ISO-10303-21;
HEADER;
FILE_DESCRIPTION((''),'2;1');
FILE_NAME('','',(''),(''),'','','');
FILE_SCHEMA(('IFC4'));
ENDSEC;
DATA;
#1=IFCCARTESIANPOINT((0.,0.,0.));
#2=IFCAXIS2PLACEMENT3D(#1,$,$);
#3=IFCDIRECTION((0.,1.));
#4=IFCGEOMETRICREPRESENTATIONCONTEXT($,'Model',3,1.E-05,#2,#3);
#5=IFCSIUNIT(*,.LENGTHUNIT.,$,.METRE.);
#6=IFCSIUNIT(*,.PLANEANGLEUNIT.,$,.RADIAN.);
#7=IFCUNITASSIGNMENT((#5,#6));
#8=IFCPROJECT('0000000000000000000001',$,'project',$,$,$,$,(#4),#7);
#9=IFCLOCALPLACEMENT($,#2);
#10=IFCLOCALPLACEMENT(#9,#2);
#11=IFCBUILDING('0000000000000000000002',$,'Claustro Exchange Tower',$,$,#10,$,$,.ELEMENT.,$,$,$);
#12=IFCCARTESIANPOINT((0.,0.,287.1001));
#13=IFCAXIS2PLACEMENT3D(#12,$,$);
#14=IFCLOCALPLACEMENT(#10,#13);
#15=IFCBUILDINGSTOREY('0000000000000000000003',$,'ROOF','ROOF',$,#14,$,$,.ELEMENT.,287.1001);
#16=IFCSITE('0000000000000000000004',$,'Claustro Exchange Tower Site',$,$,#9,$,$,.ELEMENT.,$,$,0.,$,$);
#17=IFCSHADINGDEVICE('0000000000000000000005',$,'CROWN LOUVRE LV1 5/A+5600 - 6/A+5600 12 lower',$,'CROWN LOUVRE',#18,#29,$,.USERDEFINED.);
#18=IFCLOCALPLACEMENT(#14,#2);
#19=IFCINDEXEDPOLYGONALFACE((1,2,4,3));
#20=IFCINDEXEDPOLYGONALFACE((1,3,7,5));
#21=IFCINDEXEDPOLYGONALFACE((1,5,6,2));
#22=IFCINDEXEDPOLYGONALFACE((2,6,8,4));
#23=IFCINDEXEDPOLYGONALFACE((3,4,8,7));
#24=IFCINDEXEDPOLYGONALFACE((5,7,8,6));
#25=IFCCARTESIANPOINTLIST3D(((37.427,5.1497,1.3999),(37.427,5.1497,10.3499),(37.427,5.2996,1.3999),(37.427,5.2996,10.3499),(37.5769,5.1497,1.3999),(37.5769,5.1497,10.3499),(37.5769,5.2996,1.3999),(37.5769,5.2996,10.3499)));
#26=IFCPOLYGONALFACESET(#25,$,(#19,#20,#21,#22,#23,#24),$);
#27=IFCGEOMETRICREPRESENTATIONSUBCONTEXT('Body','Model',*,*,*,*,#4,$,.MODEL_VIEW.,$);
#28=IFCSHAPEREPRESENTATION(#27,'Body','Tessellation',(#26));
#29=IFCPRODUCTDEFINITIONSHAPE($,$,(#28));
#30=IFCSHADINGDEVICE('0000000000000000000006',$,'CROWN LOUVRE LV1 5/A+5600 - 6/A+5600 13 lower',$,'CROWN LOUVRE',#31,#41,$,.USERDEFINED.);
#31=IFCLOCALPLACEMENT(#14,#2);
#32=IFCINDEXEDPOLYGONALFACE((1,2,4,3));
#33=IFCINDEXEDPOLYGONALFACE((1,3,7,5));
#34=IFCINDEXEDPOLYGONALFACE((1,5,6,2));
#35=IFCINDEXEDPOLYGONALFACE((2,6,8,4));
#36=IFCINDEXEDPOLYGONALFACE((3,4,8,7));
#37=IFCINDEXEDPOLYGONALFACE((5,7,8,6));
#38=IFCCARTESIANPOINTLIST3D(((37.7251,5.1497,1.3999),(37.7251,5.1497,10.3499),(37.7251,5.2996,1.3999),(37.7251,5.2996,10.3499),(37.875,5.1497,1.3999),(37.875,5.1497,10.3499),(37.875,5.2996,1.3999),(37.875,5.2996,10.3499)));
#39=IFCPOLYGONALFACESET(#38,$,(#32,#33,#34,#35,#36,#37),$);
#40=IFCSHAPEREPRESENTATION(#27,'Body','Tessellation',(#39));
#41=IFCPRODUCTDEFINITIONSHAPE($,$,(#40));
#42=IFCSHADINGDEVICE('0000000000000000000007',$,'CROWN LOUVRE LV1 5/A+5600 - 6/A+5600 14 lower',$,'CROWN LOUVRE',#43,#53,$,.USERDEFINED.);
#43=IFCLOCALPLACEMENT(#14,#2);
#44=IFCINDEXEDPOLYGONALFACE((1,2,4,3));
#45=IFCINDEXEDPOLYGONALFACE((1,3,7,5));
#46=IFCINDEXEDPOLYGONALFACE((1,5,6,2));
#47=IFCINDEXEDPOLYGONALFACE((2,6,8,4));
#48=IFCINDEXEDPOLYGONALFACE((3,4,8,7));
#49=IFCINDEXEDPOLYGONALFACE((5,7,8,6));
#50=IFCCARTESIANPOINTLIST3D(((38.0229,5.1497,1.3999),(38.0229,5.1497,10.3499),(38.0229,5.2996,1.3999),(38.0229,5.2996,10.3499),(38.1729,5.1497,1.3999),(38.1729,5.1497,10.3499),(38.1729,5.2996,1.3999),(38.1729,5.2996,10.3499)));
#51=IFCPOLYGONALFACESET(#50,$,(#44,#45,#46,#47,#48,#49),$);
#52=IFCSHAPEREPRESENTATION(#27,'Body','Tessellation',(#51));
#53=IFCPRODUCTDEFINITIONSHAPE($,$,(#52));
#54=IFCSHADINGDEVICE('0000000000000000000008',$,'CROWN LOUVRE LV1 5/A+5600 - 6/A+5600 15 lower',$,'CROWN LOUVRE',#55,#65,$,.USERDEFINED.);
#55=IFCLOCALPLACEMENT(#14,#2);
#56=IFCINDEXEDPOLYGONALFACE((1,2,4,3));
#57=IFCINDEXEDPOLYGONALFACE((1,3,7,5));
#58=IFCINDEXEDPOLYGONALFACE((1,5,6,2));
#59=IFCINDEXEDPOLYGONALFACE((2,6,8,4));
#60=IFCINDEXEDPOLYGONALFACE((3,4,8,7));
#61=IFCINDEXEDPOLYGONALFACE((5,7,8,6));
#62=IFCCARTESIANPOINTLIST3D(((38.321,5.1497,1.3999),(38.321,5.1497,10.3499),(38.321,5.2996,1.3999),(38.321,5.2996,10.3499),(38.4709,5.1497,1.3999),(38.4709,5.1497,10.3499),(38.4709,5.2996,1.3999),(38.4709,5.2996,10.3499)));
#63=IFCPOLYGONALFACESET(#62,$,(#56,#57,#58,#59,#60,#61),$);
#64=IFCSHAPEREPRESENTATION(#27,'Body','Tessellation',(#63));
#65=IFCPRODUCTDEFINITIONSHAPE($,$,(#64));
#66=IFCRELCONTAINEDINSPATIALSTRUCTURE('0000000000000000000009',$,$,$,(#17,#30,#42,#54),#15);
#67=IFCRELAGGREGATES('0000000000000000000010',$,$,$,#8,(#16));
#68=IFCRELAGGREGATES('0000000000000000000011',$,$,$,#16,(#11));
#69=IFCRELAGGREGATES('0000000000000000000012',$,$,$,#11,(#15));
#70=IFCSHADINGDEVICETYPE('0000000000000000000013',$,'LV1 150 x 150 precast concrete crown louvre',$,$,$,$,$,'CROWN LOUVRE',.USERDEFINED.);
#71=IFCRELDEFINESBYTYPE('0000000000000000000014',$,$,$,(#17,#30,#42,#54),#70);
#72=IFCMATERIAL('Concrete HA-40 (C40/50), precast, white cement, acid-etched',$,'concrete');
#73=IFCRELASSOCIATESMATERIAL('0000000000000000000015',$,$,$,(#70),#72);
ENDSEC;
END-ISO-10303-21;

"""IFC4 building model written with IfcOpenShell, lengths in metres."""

from ifc_helpers import new_model, si_unit, direction, frame, origin, origin_2d, place, context, subcontext, project, spatial, rectangle, extrude, material, type_object, element, save


model = new_model("IFC4")

# Units and contexts
model_context = context("Model", 3, precision=1e-05, world=origin(), true_north=direction((0.0, 1.0)))
body_context = subcontext(model_context, "Body", "Model", "MODEL_VIEW")
ifc_project = project(units=[si_unit("LENGTHUNIT", "METRE"), si_unit("PLANEANGLEUNIT", "RADIAN")], contexts=[model_context])

# Site, building, storey
site_placement = place(None, origin())
site = spatial("IfcSite", under=ifc_project, at=site_placement, Name="Claustro Exchange Tower Site", CompositionType="ELEMENT", RefElevation=0.0)
building_placement = place(site_placement, origin())
building = spatial("IfcBuilding", under=site, at=building_placement, Name="Claustro Exchange Tower", CompositionType="ELEMENT")
storey_placement = place(building_placement, frame((0.0, 0.0, 287.1001)))
storey = spatial("IfcBuildingStorey", under=building, at=storey_placement, Name="ROOF", Description="ROOF", CompositionType="ELEMENT", Elevation=287.1001)

# Shading devices
ifc_material_1 = material(Name="Concrete HA-40 (C40/50), precast, white cement, acid-etched", Category="concrete")
shading_device_type = type_object("IfcShadingDeviceType", Name="LV1 150 x 150 precast concrete crown louvre", ElementType="CROWN LOUVRE", PredefinedType="USERDEFINED", material=ifc_material_1)
for number, where, z_axis, x_axis, name in (
    (1, (37.502, 5.2246, 1.3999), (0.0, 0.0, 1.0), (1.0, 0.0, 0.0), "CROWN LOUVRE LV1 5/A+5600 - 6/A+5600 12 lower"),
    (2, (37.8, 5.2246, 1.3999), (0.0, 0.0, 1.0), (1.0, 0.0, 0.0), "CROWN LOUVRE LV1 5/A+5600 - 6/A+5600 13 lower"),
    (3, (38.0979, 5.2246, 1.3999), (0.0, 0.0, 1.0), (1.0, 0.0, 0.0), "CROWN LOUVRE LV1 5/A+5600 - 6/A+5600 14 lower"),
    (4, (38.396, 5.2246, 1.3999), (0.0, 0.0, 1.0), (1.0, 0.0, 0.0), "CROWN LOUVRE LV1 5/A+5600 - 6/A+5600 15 lower"),
):
    element("IfcShadingDevice", number, at=place(storey_placement, frame(where, z_axis=z_axis, x_axis=x_axis)), inside=storey, type_object=shading_device_type, Name=name, ObjectType="CROWN LOUVRE", PredefinedType="USERDEFINED", context=body_context, shape_type="SweptSolid", body=[
        extrude(rectangle(XDim=0.1499, YDim=0.1499, at=origin_2d()), origin(), (0.0, 0.0, 1.0), 8.95),
    ])

save(model, "model.ifc")
